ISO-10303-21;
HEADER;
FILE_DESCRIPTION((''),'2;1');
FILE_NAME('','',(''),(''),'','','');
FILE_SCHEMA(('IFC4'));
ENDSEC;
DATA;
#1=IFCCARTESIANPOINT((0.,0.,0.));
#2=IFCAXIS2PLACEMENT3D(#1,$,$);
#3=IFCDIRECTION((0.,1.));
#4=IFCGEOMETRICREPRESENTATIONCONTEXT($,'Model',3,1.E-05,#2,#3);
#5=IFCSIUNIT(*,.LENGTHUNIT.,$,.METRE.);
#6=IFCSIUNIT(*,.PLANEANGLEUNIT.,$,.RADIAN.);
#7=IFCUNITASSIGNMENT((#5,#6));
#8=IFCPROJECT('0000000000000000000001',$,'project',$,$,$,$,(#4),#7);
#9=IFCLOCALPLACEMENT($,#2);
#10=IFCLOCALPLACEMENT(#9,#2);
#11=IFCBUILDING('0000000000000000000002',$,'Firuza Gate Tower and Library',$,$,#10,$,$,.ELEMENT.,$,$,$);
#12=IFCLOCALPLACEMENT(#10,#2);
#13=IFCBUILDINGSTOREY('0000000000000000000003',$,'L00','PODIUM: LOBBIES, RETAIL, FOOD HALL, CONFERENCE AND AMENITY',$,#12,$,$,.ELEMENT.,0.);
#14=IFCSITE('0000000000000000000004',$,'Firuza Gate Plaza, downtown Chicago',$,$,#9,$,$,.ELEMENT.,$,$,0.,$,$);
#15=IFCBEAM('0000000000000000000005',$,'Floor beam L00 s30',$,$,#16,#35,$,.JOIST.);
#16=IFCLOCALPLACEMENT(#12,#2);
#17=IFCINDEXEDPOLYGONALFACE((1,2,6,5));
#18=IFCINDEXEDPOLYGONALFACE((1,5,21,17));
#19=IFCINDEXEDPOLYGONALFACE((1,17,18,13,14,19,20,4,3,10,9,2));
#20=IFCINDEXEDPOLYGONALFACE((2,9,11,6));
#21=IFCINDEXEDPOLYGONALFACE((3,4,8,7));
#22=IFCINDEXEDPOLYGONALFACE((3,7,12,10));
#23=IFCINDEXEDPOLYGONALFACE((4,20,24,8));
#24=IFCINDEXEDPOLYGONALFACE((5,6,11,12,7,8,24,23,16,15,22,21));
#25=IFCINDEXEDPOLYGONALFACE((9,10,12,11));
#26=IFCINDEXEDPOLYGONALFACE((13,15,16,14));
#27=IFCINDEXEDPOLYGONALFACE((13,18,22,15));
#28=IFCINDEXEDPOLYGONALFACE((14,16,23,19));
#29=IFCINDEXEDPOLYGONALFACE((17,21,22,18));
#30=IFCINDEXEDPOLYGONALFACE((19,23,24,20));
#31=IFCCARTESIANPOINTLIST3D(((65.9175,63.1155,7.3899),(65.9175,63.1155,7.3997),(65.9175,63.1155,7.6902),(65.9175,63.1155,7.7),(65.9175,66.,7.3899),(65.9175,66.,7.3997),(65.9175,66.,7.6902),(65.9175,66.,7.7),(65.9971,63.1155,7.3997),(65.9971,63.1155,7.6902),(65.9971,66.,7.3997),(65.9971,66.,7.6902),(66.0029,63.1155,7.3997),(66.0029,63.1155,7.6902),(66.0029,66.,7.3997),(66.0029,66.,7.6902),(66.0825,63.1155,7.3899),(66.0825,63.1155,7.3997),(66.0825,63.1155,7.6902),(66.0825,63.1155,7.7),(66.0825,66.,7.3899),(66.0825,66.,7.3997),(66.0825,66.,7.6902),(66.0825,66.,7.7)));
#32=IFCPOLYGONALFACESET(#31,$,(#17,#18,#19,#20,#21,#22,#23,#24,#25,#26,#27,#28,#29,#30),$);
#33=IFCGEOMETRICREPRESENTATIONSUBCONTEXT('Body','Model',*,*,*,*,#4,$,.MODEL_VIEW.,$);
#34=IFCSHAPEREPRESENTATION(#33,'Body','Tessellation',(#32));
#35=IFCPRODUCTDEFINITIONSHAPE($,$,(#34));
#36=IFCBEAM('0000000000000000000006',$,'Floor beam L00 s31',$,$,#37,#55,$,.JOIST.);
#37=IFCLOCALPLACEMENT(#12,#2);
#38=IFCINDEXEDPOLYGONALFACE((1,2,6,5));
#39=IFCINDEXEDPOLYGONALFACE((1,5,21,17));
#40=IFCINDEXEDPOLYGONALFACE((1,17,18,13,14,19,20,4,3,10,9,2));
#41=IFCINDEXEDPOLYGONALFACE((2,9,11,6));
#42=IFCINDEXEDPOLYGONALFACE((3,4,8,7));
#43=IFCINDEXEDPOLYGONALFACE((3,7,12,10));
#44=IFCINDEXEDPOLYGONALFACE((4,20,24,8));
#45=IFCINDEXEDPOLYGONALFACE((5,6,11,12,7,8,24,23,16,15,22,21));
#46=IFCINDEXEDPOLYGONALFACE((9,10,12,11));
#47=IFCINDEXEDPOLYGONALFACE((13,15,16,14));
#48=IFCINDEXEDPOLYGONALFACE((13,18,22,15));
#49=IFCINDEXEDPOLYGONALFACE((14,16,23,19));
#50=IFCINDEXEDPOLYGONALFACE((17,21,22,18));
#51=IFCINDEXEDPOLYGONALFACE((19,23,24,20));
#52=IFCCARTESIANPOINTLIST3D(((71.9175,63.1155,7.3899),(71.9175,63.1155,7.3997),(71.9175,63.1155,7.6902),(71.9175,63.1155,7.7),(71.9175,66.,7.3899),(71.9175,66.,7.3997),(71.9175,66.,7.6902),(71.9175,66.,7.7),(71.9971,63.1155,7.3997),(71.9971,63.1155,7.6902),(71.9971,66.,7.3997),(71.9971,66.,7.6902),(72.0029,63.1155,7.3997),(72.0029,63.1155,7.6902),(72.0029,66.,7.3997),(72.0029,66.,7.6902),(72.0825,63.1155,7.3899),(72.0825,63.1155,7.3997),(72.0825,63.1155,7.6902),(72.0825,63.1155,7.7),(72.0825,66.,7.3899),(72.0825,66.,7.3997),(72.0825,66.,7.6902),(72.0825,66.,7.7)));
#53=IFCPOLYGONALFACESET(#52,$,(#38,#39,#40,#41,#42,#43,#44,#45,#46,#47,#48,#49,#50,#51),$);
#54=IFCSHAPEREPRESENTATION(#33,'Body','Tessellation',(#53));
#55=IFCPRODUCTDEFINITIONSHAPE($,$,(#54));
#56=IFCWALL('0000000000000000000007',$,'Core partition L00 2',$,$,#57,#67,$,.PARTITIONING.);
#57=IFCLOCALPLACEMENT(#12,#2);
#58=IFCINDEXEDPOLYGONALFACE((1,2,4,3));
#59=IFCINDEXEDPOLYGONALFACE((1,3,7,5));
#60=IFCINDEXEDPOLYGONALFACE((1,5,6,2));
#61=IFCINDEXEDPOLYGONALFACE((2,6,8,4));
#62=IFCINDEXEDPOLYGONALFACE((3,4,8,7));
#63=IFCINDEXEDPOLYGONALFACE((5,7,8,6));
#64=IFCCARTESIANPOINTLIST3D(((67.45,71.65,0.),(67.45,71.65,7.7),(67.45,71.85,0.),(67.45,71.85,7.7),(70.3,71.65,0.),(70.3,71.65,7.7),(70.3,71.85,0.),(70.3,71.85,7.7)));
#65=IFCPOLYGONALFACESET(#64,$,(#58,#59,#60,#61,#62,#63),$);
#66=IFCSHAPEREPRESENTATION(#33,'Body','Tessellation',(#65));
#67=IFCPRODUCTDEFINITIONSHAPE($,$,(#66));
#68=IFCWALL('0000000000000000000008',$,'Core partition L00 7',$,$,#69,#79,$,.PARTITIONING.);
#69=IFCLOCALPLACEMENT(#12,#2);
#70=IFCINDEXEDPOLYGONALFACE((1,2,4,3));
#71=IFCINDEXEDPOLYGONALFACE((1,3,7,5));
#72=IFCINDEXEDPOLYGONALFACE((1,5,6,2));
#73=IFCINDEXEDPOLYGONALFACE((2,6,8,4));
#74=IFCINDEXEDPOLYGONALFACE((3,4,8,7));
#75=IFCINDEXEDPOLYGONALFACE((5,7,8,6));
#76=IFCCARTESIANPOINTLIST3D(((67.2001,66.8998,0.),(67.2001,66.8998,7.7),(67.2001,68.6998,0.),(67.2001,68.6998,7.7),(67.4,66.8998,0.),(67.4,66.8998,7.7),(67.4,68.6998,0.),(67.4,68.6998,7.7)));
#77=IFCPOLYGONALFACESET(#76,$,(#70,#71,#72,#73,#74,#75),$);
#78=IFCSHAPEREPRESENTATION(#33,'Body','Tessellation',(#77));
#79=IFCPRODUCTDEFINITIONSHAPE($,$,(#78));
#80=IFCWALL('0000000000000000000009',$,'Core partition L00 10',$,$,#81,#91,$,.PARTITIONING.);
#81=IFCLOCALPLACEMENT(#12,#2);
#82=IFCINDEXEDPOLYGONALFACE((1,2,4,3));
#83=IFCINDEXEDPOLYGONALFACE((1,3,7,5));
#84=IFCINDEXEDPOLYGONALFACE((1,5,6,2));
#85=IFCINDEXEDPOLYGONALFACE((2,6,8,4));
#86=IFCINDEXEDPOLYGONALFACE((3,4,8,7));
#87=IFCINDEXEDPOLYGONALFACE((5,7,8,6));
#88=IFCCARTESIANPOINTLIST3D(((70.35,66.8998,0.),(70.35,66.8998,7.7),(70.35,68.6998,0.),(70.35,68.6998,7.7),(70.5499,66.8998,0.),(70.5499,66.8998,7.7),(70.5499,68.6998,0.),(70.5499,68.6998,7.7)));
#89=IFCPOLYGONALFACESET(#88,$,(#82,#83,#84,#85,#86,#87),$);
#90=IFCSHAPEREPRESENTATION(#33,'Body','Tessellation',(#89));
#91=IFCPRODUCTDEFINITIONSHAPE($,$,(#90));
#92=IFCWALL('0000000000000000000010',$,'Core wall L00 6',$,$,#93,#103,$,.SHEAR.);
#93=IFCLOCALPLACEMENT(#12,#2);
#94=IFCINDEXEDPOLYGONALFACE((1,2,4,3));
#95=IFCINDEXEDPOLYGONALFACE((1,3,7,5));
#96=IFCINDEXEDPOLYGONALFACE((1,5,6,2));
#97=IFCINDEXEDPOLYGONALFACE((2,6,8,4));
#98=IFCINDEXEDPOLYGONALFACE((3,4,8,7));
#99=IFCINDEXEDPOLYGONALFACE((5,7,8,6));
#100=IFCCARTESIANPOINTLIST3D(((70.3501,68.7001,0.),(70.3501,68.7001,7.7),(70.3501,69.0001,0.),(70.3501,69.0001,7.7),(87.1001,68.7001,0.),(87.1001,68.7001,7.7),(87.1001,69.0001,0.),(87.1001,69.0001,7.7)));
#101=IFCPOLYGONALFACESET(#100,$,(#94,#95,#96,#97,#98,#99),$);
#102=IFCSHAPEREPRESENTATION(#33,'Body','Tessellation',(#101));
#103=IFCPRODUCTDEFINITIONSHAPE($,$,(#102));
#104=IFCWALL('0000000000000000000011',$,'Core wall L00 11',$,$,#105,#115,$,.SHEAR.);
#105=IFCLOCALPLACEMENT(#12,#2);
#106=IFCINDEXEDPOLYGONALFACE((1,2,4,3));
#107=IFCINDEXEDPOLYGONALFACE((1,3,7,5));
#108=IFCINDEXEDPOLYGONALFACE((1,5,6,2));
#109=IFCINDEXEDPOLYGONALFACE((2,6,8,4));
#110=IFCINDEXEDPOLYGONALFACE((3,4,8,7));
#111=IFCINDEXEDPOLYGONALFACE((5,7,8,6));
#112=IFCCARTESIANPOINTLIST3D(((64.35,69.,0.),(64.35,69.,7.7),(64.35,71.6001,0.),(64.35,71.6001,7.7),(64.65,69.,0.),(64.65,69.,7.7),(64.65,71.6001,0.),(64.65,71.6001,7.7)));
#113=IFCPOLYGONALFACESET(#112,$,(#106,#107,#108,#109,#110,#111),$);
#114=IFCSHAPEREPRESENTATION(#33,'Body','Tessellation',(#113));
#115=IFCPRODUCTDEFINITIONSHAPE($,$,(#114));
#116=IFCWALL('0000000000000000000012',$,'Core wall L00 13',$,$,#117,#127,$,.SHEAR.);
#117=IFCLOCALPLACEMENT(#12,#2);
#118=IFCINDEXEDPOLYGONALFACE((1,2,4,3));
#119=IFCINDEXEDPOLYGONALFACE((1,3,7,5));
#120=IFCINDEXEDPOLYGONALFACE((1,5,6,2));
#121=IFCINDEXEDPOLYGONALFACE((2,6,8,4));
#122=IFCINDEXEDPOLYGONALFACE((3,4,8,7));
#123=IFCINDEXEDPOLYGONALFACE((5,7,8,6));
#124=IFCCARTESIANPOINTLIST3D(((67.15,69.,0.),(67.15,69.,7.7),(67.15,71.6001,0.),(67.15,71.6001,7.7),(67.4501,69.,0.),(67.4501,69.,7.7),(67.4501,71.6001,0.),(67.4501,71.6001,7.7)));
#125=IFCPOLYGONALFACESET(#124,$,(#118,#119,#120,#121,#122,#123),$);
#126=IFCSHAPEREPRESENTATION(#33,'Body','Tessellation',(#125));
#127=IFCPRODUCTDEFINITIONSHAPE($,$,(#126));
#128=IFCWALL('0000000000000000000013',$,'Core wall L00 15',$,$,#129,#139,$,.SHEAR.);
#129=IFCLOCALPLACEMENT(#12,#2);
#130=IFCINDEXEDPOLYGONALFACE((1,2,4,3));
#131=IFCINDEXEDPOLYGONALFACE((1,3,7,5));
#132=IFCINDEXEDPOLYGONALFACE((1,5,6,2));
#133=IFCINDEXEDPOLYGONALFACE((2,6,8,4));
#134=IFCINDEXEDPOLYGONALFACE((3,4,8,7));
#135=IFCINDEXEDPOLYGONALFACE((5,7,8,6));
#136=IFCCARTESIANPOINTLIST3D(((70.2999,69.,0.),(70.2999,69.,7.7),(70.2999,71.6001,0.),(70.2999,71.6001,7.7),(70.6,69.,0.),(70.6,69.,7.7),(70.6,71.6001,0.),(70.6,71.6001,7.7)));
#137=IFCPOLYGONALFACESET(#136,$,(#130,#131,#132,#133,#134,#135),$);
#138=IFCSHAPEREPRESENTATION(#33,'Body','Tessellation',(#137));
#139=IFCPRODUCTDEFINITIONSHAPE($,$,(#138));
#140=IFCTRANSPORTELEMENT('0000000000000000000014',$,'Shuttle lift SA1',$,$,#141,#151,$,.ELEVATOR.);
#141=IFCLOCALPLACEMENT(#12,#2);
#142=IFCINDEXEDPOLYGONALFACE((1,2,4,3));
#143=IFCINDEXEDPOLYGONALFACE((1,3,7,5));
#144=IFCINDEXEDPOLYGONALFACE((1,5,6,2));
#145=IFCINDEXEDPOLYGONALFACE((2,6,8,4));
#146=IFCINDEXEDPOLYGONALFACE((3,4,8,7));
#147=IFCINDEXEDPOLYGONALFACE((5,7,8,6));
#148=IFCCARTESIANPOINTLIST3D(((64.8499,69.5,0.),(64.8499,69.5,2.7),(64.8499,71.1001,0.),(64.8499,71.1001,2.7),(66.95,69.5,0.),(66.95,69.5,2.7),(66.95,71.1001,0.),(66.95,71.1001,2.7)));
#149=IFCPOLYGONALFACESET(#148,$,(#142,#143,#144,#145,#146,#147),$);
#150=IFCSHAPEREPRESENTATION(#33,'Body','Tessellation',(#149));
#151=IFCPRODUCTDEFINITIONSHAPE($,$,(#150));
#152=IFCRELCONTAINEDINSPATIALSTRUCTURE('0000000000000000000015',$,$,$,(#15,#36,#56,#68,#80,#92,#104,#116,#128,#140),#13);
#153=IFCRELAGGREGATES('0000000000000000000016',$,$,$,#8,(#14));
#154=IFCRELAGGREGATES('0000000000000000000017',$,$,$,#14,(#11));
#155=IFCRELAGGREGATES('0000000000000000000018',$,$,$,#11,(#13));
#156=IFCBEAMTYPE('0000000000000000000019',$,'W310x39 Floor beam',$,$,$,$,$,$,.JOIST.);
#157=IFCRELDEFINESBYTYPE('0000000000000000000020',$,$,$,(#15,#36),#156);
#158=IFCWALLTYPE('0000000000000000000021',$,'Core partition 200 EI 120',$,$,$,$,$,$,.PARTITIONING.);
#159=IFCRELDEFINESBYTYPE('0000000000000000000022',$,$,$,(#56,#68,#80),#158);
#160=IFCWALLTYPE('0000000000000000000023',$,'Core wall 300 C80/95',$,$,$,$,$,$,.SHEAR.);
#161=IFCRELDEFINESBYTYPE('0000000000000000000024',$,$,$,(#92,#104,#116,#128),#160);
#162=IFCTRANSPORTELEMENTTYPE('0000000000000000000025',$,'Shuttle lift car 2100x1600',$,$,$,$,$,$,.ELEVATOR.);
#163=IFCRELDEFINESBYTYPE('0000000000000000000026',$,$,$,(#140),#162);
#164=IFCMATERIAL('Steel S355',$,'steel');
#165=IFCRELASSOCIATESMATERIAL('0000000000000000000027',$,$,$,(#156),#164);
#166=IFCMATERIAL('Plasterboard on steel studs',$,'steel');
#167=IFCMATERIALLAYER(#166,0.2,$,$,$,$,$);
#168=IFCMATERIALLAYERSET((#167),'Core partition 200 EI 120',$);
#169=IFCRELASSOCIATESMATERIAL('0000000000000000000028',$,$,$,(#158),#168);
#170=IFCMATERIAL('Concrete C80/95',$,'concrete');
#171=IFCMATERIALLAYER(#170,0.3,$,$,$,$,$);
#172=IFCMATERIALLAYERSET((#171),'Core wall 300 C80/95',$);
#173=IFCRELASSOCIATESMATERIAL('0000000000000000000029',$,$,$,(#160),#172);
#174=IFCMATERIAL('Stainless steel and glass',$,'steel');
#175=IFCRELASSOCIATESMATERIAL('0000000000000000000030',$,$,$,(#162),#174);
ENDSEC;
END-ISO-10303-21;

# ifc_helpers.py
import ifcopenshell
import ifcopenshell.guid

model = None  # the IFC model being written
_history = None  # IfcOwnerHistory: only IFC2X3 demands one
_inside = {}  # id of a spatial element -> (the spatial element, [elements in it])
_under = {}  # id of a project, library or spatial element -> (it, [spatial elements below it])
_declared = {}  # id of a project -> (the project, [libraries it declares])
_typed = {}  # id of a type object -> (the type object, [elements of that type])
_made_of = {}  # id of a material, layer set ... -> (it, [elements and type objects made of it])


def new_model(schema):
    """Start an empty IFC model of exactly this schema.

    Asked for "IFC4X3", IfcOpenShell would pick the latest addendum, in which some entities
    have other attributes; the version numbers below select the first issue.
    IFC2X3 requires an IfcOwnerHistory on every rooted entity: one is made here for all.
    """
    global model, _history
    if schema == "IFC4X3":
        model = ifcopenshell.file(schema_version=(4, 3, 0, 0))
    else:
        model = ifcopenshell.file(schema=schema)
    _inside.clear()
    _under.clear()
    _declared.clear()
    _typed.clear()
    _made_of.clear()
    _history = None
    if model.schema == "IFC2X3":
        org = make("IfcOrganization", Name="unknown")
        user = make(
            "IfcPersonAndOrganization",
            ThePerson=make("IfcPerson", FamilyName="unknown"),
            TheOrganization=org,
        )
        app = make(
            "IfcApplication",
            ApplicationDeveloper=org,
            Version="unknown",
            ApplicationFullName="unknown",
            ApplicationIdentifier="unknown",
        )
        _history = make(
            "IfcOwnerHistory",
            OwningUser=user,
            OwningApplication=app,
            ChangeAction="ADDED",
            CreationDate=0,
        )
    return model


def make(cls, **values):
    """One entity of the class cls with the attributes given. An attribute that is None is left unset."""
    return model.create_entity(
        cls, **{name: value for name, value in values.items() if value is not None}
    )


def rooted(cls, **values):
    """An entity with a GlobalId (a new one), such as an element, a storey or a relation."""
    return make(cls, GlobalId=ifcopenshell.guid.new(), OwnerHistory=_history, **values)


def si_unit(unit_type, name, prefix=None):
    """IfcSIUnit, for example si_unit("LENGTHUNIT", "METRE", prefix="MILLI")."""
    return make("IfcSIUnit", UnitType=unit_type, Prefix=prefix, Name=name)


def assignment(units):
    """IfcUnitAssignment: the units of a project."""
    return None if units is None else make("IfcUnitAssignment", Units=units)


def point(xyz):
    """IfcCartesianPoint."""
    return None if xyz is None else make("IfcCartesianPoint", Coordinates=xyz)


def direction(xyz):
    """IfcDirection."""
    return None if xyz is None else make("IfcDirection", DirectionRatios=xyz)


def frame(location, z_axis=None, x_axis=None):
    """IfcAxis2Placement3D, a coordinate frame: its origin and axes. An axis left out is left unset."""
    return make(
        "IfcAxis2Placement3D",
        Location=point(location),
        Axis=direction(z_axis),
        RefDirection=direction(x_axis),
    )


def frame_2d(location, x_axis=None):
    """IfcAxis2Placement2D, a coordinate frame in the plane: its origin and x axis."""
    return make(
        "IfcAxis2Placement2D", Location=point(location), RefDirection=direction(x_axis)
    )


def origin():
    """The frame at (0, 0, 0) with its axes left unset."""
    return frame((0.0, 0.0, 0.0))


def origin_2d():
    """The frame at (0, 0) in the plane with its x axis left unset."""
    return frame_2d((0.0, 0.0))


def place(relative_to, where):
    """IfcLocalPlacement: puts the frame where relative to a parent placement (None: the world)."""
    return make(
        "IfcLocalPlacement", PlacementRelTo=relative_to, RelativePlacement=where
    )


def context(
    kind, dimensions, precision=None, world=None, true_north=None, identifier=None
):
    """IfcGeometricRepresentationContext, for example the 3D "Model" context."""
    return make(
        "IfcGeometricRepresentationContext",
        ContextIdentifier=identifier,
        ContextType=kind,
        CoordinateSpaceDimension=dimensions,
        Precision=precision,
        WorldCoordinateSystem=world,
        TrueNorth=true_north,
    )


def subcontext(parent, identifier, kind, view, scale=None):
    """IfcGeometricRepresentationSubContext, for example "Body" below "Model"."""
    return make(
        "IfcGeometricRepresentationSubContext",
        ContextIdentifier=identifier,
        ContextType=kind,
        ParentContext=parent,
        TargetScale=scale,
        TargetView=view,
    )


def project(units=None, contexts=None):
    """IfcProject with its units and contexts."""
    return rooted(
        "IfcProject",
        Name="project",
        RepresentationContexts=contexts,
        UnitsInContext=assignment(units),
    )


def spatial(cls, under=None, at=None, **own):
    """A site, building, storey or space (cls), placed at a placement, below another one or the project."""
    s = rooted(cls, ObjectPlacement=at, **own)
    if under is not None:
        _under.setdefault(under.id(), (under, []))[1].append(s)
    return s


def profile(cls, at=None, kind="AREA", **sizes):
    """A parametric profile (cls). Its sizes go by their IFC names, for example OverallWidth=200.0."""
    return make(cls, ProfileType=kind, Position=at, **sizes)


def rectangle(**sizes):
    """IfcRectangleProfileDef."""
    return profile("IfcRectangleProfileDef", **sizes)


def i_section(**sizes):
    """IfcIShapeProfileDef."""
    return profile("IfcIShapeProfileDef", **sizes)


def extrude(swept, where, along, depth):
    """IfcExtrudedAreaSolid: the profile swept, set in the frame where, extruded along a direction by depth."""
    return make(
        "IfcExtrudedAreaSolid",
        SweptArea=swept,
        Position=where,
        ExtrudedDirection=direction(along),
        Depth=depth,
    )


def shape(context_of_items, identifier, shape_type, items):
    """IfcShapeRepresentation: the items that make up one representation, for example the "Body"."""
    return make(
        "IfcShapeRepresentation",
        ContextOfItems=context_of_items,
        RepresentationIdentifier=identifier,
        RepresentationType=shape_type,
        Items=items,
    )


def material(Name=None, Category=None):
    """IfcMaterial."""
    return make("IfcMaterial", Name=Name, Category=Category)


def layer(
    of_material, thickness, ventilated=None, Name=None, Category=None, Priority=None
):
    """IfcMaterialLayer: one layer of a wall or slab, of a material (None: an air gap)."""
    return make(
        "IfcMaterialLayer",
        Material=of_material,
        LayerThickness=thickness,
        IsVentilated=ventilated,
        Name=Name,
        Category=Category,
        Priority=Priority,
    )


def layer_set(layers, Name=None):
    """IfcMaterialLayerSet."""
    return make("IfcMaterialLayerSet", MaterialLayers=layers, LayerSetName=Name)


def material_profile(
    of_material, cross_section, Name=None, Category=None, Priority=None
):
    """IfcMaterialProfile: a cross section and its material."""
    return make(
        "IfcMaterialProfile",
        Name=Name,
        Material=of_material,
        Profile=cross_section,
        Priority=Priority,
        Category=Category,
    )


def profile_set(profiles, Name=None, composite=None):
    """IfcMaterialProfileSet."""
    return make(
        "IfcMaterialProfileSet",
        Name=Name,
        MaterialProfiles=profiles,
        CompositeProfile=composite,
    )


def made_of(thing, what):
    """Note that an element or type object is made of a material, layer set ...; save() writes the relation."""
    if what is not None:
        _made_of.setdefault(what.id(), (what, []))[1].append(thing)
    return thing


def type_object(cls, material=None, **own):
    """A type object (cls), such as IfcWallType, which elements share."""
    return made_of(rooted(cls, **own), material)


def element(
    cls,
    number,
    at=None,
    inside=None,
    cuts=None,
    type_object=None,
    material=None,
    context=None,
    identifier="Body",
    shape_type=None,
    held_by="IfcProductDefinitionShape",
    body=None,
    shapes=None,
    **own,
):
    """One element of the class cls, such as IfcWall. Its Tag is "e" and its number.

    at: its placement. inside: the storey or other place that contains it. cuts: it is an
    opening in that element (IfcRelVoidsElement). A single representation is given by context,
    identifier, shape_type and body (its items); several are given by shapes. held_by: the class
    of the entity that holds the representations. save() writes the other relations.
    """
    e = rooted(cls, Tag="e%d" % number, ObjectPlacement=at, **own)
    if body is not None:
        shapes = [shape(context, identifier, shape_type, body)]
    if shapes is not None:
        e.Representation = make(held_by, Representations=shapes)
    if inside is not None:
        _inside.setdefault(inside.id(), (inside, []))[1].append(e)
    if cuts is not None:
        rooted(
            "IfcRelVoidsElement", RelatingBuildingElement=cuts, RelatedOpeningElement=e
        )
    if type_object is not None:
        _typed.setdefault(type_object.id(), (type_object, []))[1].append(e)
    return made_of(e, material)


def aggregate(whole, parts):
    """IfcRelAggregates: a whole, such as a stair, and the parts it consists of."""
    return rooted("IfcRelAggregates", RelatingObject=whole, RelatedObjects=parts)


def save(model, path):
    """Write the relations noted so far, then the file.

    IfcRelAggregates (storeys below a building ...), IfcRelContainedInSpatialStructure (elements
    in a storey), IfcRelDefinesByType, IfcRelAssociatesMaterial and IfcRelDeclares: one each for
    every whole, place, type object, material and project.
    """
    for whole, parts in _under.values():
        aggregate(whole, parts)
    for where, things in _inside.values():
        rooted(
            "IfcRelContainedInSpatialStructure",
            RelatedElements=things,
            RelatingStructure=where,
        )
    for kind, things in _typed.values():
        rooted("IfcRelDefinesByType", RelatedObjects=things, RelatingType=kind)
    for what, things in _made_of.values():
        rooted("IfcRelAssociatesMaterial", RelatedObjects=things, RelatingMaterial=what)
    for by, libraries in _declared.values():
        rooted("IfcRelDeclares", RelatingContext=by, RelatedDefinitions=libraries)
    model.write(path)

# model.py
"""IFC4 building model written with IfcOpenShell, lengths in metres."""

from ifc_helpers import new_model, si_unit, direction, frame, frame_2d, origin, origin_2d, place, context, subcontext, project, spatial, rectangle, i_section, extrude, material, layer, layer_set, material_profile, profile_set, type_object, element, save


model = new_model("IFC4")

# Units and contexts
model_context = context("Model", 3, precision=1e-05, world=origin(), true_north=direction((0.0, 1.0)))
body_context = subcontext(model_context, "Body", "Model", "MODEL_VIEW")
ifc_project = project(units=[si_unit("LENGTHUNIT", "METRE"), si_unit("PLANEANGLEUNIT", "RADIAN")], contexts=[model_context])

# Site, building, storey
site_placement = place(None, origin())
site = spatial("IfcSite", under=ifc_project, at=site_placement, Name="Firuza Gate Plaza, downtown Chicago", CompositionType="ELEMENT", RefElevation=0.0)
building_placement = place(site_placement, origin())
building = spatial("IfcBuilding", under=site, at=building_placement, Name="Firuza Gate Tower and Library", CompositionType="ELEMENT")
storey_placement = place(building_placement, origin())
storey = spatial("IfcBuildingStorey", under=building, at=storey_placement, Name="L00", Description="PODIUM: LOBBIES, RETAIL, FOOD HALL, CONFERENCE AND AMENITY", CompositionType="ELEMENT", Elevation=0.0)

# Beams
ifc_material_1 = material(Name="Steel S355", Category="steel")
ifc_material_profile = material_profile(ifc_material_1, i_section(OverallWidth=0.165, OverallDepth=0.3101, WebThickness=0.0059, FlangeThickness=0.0098, at=origin_2d()))
ifc_profile_set = profile_set([ifc_material_profile], Name="Steel S355")
beam_type = type_object("IfcBeamType", Name="W310x39 Floor beam", PredefinedType="JOIST", material=ifc_profile_set)
for number, where, z_axis, x_axis, name in (
    (1, (66.0, 63.1155, 7.5449), (0.0, 1.0, 0.0), (-1.0, 0.0, 0.0), "Floor beam L00 s30"),
    (2, (72.0, 63.1155, 7.5449), (0.0, 1.0, 0.0), (-1.0, 0.0, 0.0), "Floor beam L00 s31"),
):
    element("IfcBeam", number, at=place(storey_placement, frame(where, z_axis=z_axis, x_axis=x_axis)), inside=storey, type_object=beam_type, Name=name, PredefinedType="JOIST", context=body_context, shape_type="SweptSolid", body=[
        extrude(i_section(OverallWidth=0.165, OverallDepth=0.3101, WebThickness=0.0059, FlangeThickness=0.0098, at=origin_2d()), origin(), (0.0, 0.0, 1.0), 2.8845),
    ])

# Walls
ifc_material_2 = material(Name="Plasterboard on steel studs", Category="steel")
ifc_layer_1 = layer(ifc_material_2, 0.2)
ifc_layer_set_1 = layer_set([ifc_layer_1], Name="Core partition 200 EI 120")
wall_type_1 = type_object("IfcWallType", Name="Core partition 200 EI 120", PredefinedType="PARTITIONING", material=ifc_layer_set_1)
wall_1_placement = place(storey_placement, frame((67.45, 71.75, 0.0), z_axis=(0.0, 0.0, 1.0), x_axis=(1.0, 0.0, 0.0)))
element("IfcWall", 3, at=wall_1_placement, inside=storey, type_object=wall_type_1, Name="Core partition L00 2", PredefinedType="PARTITIONING", context=body_context, shape_type="SweptSolid", body=[
    extrude(rectangle(XDim=2.8501, YDim=0.2, at=frame_2d((1.425, 0.0))), origin(), (0.0, 0.0, 1.0), 7.7),
])
for number, where, z_axis, x_axis, name in (
    (4, (67.3, 66.8999, 0.0), (0.0, 0.0, 1.0), (0.0, 1.0, 0.0), "Core partition L00 7"),
    (5, (70.45, 66.8999, 0.0), (0.0, 0.0, 1.0), (0.0, 1.0, 0.0), "Core partition L00 10"),
):
    element("IfcWall", number, at=place(storey_placement, frame(where, z_axis=z_axis, x_axis=x_axis)), inside=storey, type_object=wall_type_1, Name=name, PredefinedType="PARTITIONING", context=body_context, shape_type="SweptSolid", body=[
        extrude(rectangle(XDim=1.8, YDim=0.2, at=frame_2d((0.8999, 0.0))), origin(), (0.0, 0.0, 1.0), 7.7),
    ])
ifc_material_3 = material(Name="Concrete C80/95", Category="concrete")
ifc_layer_2 = layer(ifc_material_3, 0.3)
ifc_layer_set_2 = layer_set([ifc_layer_2], Name="Core wall 300 C80/95")
wall_type_2 = type_object("IfcWallType", Name="Core wall 300 C80/95", PredefinedType="SHEAR", material=ifc_layer_set_2)
wall_2_placement = place(storey_placement, frame((70.3501, 68.8501, 0.0), z_axis=(0.0, 0.0, 1.0), x_axis=(1.0, 0.0, 0.0)))
element("IfcWall", 6, at=wall_2_placement, inside=storey, type_object=wall_type_2, Name="Core wall L00 6", PredefinedType="SHEAR", context=body_context, shape_type="SweptSolid", body=[
    extrude(rectangle(XDim=16.75, YDim=0.3, at=frame_2d((8.375, 0.0))), origin(), (0.0, 0.0, 1.0), 7.7),
])
for number, where, z_axis, x_axis, name in (
    (7, (64.5, 69.0, 0.0), (0.0, 0.0, 1.0), (0.0, 1.0, 0.0), "Core wall L00 11"),
    (8, (67.3, 69.0, 0.0), (0.0, 0.0, 1.0), (0.0, 1.0, 0.0), "Core wall L00 13"),
    (9, (70.45, 69.0, 0.0), (0.0, 0.0, 1.0), (0.0, 1.0, 0.0), "Core wall L00 15"),
):
    element("IfcWall", number, at=place(storey_placement, frame(where, z_axis=z_axis, x_axis=x_axis)), inside=storey, type_object=wall_type_2, Name=name, PredefinedType="SHEAR", context=body_context, shape_type="SweptSolid", body=[
        extrude(rectangle(XDim=2.6001, YDim=0.3, at=frame_2d((1.3, 0.0))), origin(), (0.0, 0.0, 1.0), 7.7),
    ])

# Transport element
ifc_material_4 = material(Name="Stainless steel and glass", Category="steel")
transport_element_type = type_object("IfcTransportElementType", Name="Shuttle lift car 2100x1600", PredefinedType="ELEVATOR", material=ifc_material_4)
transport_element_placement = place(storey_placement, frame((65.8999, 70.3, 0.0), z_axis=(0.0, 0.0, 1.0), x_axis=(1.0, 0.0, 0.0)))
element("IfcTransportElement", 10, at=transport_element_placement, inside=storey, type_object=transport_element_type, Name="Shuttle lift SA1", PredefinedType="ELEVATOR", context=body_context, shape_type="SweptSolid", body=[
    extrude(rectangle(XDim=2.1001, YDim=1.6001, at=origin_2d()), origin(), (0.0, 0.0, 1.0), 2.7),
])

save(model, "model.ifc")
